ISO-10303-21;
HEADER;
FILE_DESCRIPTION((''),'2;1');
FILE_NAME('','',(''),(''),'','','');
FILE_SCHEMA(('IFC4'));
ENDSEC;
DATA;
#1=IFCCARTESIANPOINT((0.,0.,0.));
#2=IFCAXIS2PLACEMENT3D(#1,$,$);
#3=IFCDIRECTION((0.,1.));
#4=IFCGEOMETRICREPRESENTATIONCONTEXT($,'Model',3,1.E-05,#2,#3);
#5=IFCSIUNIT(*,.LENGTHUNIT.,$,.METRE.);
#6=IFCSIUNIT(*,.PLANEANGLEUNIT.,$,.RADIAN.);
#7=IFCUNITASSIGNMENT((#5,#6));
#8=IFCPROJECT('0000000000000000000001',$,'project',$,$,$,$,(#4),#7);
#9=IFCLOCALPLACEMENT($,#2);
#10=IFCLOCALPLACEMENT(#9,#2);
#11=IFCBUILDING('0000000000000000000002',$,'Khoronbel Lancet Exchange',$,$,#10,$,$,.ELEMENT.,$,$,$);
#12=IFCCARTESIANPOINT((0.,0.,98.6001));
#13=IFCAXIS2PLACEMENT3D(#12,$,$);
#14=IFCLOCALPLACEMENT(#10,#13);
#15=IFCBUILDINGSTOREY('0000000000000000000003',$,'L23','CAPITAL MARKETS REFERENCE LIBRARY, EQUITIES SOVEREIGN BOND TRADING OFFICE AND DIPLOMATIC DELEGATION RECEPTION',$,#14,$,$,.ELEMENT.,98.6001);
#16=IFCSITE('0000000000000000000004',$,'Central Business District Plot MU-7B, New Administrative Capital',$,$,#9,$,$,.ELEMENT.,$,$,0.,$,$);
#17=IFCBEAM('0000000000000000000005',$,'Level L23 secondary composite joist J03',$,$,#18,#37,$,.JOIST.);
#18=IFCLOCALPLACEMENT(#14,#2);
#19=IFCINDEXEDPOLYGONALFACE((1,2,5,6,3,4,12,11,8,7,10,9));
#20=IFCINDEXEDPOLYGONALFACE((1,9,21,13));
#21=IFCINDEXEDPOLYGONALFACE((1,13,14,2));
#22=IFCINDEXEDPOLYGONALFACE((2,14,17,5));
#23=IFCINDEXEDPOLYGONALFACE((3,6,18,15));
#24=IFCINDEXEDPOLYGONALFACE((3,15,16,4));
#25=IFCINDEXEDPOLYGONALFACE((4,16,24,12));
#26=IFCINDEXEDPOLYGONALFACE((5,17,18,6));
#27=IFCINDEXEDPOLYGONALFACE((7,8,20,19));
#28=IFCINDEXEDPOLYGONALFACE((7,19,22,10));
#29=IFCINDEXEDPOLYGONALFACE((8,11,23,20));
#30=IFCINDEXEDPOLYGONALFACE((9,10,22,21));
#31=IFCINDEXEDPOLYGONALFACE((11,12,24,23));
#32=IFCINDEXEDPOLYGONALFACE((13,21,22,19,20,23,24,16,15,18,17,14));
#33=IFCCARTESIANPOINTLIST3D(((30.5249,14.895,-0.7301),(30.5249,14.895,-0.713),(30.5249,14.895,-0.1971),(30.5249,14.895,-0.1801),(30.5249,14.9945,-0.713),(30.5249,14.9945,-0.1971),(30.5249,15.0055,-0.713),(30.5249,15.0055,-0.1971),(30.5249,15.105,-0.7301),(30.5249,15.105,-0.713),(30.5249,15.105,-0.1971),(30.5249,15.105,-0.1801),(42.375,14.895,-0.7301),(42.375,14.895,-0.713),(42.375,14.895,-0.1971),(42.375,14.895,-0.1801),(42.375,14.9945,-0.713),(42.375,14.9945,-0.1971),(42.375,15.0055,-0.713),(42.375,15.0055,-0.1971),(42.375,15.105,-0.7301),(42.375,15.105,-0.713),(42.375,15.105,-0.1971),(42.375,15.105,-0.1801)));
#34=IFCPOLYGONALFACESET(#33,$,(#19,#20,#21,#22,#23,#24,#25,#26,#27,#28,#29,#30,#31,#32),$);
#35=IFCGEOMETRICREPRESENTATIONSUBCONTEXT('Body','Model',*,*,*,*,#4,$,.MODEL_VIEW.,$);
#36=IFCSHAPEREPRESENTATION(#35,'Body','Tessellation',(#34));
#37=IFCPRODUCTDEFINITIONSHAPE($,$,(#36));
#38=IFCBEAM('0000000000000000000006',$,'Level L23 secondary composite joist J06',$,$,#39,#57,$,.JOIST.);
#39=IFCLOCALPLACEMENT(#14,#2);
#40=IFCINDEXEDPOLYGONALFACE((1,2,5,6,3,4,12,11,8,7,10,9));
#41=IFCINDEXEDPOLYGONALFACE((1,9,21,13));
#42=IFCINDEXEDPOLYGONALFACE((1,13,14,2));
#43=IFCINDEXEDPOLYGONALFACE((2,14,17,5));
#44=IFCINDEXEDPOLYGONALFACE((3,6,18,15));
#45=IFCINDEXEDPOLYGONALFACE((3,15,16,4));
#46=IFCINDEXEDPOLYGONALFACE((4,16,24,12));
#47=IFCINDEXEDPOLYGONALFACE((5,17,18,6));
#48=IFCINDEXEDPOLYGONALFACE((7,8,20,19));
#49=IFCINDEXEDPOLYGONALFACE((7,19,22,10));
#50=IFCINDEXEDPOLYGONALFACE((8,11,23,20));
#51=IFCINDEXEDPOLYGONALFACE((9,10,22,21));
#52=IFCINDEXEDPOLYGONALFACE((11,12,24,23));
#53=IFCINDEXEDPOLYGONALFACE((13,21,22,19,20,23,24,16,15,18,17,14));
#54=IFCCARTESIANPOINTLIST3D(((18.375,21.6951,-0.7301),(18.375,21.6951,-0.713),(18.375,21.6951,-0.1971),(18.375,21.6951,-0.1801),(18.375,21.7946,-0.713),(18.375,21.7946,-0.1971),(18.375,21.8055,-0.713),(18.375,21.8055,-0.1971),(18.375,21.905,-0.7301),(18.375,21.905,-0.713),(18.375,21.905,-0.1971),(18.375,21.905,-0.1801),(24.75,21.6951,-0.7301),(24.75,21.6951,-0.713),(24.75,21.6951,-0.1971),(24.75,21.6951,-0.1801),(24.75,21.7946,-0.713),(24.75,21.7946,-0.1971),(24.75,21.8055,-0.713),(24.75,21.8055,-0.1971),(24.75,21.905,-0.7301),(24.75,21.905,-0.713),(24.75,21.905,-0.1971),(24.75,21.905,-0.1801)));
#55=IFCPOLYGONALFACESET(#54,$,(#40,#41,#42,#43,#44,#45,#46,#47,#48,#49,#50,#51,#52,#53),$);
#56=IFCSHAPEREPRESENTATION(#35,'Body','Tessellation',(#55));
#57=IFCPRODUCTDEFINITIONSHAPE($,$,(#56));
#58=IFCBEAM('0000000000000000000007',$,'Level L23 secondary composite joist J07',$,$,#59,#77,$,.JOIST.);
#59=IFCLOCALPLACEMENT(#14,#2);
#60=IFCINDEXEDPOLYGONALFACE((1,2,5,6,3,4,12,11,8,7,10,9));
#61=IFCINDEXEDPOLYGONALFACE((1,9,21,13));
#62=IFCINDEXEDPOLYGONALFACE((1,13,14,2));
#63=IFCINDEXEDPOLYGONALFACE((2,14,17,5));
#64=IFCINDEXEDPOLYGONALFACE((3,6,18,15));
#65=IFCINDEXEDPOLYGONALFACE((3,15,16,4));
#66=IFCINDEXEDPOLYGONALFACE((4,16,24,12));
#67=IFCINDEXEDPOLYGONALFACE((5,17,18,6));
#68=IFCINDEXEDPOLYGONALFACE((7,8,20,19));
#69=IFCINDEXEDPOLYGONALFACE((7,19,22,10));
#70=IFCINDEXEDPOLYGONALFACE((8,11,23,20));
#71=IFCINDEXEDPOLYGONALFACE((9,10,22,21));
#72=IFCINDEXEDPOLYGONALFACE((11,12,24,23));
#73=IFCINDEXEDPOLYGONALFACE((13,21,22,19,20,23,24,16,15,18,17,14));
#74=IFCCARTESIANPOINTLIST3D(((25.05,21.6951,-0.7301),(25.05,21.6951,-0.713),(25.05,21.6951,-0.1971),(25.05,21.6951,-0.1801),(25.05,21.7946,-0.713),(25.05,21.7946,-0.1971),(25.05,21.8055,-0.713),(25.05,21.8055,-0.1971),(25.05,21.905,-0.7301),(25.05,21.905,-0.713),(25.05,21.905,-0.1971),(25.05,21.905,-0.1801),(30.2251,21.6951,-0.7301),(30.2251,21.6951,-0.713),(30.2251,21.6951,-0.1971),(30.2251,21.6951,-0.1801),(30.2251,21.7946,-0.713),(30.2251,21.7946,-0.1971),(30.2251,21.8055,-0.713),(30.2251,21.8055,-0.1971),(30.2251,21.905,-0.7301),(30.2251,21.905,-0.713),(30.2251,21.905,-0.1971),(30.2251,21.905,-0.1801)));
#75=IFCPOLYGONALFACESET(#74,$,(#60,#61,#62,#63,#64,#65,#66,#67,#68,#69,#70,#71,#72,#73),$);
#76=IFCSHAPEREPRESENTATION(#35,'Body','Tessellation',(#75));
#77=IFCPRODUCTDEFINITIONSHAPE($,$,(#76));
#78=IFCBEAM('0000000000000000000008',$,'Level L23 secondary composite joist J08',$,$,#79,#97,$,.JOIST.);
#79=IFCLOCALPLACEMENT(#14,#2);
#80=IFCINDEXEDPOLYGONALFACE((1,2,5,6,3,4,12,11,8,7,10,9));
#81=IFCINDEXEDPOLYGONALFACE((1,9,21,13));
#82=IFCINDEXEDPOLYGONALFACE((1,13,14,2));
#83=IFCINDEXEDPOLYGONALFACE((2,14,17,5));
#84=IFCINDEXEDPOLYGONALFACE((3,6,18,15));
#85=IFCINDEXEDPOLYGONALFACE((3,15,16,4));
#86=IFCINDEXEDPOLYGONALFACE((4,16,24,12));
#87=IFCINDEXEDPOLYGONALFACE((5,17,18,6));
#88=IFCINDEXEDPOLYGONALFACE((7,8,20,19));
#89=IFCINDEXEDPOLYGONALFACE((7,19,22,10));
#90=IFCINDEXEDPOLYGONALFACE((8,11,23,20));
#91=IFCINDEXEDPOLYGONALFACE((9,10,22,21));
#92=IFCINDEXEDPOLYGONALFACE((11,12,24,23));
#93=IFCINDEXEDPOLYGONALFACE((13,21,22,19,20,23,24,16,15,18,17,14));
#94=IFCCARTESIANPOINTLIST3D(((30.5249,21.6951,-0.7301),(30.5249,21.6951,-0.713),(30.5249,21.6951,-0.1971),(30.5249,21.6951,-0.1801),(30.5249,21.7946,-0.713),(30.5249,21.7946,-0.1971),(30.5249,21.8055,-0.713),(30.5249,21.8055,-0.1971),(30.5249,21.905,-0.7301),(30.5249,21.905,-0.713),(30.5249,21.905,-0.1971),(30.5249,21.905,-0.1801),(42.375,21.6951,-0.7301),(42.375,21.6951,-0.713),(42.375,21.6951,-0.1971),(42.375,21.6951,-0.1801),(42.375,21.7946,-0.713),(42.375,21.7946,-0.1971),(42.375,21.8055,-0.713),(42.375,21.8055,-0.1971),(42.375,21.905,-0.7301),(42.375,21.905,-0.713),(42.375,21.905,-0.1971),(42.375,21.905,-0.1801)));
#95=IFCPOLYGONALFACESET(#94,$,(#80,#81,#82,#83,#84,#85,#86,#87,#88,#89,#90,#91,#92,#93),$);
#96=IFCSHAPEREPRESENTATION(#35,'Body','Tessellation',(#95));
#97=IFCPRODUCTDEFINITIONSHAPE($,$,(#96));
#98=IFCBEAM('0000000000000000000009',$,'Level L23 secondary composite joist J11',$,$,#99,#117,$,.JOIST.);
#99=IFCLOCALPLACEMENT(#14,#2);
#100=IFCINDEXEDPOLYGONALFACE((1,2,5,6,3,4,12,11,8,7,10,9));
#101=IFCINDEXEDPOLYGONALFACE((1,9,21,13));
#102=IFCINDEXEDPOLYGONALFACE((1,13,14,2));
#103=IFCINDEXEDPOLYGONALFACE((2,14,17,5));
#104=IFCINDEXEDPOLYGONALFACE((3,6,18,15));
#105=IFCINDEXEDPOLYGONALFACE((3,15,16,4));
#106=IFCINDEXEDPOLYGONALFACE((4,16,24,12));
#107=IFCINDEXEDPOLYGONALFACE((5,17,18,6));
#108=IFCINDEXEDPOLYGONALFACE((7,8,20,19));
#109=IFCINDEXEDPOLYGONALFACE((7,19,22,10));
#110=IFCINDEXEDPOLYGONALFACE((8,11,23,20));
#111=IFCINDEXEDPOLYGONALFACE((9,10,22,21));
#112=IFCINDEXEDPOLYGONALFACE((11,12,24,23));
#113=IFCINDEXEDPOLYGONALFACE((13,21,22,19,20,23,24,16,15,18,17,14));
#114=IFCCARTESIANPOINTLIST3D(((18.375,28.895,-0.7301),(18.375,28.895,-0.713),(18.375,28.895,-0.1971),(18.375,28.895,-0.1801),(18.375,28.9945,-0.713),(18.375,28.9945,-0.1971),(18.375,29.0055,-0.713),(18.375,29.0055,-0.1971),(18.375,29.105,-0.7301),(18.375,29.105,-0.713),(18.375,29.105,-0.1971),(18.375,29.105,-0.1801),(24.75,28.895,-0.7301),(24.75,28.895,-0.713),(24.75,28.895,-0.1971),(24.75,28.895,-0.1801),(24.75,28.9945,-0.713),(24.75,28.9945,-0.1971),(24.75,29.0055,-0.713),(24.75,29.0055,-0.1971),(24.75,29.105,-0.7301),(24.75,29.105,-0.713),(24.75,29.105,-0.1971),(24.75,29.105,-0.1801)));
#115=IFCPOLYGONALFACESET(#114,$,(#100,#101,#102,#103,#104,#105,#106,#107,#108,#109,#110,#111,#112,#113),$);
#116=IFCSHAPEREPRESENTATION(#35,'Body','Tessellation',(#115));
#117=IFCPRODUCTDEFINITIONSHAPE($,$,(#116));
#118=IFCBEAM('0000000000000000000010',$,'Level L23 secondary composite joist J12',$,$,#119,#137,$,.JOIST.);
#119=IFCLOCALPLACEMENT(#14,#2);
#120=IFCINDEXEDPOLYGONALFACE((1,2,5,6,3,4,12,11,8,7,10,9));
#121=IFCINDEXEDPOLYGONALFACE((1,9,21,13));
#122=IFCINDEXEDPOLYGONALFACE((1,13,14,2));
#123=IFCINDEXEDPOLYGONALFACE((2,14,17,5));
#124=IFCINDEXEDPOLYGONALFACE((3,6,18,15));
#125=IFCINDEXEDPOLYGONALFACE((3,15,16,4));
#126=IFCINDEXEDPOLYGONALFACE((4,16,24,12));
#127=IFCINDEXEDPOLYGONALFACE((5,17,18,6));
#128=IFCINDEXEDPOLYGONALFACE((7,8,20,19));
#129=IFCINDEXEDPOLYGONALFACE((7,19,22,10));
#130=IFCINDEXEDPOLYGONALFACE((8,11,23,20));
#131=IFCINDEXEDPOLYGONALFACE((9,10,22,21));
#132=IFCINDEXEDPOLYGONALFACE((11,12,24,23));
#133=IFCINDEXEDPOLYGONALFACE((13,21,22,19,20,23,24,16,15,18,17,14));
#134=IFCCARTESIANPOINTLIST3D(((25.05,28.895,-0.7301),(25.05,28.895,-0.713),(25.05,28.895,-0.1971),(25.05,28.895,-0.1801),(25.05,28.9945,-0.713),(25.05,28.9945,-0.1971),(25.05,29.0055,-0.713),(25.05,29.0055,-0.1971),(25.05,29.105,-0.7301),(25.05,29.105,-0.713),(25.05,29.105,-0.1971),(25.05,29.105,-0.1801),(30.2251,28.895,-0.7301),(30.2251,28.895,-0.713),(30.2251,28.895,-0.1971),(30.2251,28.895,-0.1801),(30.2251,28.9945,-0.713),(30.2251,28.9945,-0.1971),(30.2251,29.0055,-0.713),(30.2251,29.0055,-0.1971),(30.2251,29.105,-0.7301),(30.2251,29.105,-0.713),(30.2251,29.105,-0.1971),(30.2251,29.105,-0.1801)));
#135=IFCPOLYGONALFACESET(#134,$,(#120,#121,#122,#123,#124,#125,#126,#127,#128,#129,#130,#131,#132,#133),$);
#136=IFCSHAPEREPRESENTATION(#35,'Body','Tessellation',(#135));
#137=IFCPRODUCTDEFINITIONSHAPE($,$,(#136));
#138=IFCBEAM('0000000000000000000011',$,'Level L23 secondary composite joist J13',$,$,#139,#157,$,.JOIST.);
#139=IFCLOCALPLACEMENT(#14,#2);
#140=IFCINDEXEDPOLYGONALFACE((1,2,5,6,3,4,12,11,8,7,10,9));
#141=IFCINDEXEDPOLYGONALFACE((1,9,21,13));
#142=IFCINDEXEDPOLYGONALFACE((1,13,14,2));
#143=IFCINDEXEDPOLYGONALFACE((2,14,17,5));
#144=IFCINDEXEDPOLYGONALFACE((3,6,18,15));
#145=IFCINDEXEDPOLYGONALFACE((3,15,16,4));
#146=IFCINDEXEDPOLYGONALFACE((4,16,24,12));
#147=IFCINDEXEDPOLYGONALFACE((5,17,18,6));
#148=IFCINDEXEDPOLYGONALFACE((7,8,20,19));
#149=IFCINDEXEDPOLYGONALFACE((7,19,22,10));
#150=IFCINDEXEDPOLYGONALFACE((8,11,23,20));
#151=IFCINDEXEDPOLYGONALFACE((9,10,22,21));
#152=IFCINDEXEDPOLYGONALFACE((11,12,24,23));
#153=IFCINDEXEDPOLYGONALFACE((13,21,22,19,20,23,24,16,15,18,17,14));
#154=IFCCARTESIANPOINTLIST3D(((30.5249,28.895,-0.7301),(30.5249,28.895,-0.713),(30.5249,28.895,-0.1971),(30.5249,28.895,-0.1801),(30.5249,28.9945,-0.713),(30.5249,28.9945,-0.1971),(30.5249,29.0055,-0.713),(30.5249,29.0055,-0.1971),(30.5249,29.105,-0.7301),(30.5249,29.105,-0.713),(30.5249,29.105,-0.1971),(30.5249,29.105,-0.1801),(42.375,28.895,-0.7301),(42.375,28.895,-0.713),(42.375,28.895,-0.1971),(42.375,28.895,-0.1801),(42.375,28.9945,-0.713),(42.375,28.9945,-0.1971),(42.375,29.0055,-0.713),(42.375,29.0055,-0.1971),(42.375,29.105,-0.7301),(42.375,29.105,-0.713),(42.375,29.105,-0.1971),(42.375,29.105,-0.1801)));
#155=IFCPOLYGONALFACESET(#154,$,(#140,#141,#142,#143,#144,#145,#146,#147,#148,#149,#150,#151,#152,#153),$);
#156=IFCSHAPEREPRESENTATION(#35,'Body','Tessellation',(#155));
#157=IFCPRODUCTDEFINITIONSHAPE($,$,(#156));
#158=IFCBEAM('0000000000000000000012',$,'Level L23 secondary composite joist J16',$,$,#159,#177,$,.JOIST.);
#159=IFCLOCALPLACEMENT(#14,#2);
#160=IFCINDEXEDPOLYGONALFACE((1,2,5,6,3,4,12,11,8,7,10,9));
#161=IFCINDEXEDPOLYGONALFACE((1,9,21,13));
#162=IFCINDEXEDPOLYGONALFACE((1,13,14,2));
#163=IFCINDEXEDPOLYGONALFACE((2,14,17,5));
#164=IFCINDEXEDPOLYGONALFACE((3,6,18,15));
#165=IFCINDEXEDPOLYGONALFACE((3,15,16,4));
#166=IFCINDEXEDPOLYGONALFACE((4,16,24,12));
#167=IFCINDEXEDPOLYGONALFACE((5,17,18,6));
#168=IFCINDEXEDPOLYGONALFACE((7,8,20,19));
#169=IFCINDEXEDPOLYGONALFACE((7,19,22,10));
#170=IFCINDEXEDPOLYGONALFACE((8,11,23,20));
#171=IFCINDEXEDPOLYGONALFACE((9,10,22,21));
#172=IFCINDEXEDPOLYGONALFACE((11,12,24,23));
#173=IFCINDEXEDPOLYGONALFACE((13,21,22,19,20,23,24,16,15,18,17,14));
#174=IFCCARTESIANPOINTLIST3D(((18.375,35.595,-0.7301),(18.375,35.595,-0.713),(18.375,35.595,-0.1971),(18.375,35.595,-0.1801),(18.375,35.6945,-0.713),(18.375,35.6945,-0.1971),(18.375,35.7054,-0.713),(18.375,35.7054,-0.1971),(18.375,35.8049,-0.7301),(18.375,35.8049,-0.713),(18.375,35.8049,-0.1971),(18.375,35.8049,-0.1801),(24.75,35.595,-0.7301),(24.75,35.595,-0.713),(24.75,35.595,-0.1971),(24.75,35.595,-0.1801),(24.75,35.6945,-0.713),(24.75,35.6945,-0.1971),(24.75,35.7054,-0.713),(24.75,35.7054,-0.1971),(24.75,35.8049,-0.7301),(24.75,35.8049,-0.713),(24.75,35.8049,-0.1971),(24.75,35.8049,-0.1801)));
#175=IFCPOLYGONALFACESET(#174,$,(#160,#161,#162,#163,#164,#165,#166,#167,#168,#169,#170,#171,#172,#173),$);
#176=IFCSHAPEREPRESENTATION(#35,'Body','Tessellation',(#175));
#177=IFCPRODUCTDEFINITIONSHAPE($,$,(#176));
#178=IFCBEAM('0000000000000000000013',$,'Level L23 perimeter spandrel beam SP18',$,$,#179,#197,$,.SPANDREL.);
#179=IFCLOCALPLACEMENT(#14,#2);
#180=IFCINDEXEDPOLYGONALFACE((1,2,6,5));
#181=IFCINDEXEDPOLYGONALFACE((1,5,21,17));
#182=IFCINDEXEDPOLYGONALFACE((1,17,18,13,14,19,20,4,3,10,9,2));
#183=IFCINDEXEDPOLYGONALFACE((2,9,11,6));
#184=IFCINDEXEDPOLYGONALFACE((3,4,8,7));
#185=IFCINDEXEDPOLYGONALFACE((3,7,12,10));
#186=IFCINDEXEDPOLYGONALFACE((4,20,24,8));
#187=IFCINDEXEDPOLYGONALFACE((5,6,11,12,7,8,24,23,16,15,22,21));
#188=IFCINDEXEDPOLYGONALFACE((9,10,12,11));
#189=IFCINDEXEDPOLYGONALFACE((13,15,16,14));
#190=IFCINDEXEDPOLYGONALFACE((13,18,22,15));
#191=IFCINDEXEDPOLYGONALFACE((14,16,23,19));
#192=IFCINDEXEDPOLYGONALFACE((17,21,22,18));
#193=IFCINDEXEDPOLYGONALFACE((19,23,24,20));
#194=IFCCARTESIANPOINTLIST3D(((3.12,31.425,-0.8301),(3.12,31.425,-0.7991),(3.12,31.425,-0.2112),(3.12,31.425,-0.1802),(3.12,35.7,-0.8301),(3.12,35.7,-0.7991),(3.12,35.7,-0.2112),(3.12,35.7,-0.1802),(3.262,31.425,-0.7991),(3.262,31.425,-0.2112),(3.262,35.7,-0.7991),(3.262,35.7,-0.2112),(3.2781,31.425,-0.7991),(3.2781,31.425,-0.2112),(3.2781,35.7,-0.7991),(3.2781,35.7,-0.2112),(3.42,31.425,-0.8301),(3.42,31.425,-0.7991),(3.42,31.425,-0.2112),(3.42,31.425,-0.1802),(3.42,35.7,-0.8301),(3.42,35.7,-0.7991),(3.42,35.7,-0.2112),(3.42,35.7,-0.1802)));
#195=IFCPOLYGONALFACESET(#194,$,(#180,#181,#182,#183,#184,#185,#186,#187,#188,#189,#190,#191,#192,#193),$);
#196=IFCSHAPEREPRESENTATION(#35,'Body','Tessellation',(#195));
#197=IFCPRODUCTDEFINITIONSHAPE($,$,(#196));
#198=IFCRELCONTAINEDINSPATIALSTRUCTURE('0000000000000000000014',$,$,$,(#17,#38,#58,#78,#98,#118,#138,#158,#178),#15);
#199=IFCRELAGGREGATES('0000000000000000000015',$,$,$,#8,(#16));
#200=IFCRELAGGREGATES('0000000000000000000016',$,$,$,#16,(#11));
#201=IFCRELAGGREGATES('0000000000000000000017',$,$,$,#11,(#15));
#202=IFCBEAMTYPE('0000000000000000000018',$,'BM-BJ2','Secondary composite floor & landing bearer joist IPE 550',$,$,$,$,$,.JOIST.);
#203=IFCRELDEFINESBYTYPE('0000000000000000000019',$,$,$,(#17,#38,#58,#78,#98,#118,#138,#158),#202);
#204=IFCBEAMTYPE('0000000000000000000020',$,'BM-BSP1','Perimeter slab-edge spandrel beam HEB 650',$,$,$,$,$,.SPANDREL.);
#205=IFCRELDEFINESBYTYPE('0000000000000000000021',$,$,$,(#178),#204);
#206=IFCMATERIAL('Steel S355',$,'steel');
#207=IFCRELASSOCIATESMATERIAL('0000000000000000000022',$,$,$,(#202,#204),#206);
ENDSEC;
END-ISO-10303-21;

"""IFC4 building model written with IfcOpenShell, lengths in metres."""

from ifc_helpers import new_model, si_unit, direction, frame, origin, origin_2d, place, context, subcontext, project, spatial, i_section, extrude, material, material_profile, profile_set, type_object, element, save


model = new_model("IFC4")

# Units and contexts
model_context = context("Model", 3, precision=1e-05, world=origin(), true_north=direction((0.0, 1.0)))
body_context = subcontext(model_context, "Body", "Model", "MODEL_VIEW")
ifc_project = project(units=[si_unit("LENGTHUNIT", "METRE"), si_unit("PLANEANGLEUNIT", "RADIAN")], contexts=[model_context])

# Site, building, storey
site_placement = place(None, origin())
site = spatial("IfcSite", under=ifc_project, at=site_placement, Name="Central Business District Plot MU-7B, New Administrative Capital", CompositionType="ELEMENT", RefElevation=0.0)
building_placement = place(site_placement, origin())
building = spatial("IfcBuilding", under=site, at=building_placement, Name="Khoronbel Lancet Exchange", CompositionType="ELEMENT")
storey_placement = place(building_placement, frame((0.0, 0.0, 98.6001)))
storey = spatial("IfcBuildingStorey", under=building, at=storey_placement, Name="L23", Description="CAPITAL MARKETS REFERENCE LIBRARY, EQUITIES SOVEREIGN BOND TRADING OFFICE AND DIPLOMATIC DELEGATION RECEPTION", CompositionType="ELEMENT", Elevation=98.6001)

# Shared definitions
ifc_material_1 = material(Name="Steel S355", Category="steel")

# Beams
ifc_material_profile_1 = material_profile(ifc_material_1, i_section(OverallWidth=0.21, OverallDepth=0.55, WebThickness=0.011, FlangeThickness=0.0171, at=origin_2d()), Name="IPE 550")
ifc_profile_set_1 = profile_set([ifc_material_profile_1], Name="Steel S355")
beam_type_1 = type_object("IfcBeamType", Name="BM-BJ2", Description="Secondary composite floor & landing bearer joist IPE 550", PredefinedType="JOIST", material=ifc_profile_set_1)
beam_1_placement = place(storey_placement, frame((30.5249, 15.0, -0.4551), z_axis=(1.0, 0.0, 0.0), x_axis=(0.0, 1.0, 0.0)))
element("IfcBeam", 1, at=beam_1_placement, inside=storey, type_object=beam_type_1, Name="Level L23 secondary composite joist J03", PredefinedType="JOIST", context=body_context, shape_type="SweptSolid", body=[
    extrude(i_section(OverallWidth=0.21, OverallDepth=0.55, WebThickness=0.011, FlangeThickness=0.0171, at=origin_2d()), origin(), (0.0, 0.0, 1.0), 11.8501),
])
beam_2_placement = place(storey_placement, frame((18.375, 21.8, -0.4551), z_axis=(1.0, 0.0, 0.0), x_axis=(0.0, 1.0, 0.0)))
element("IfcBeam", 2, at=beam_2_placement, inside=storey, type_object=beam_type_1, Name="Level L23 secondary composite joist J06", PredefinedType="JOIST", context=body_context, shape_type="SweptSolid", body=[
    extrude(i_section(OverallWidth=0.21, OverallDepth=0.55, WebThickness=0.011, FlangeThickness=0.0171, at=origin_2d()), origin(), (0.0, 0.0, 1.0), 6.375),
])
beam_3_placement = place(storey_placement, frame((25.05, 21.8, -0.4551), z_axis=(1.0, 0.0, 0.0), x_axis=(0.0, 1.0, 0.0)))
element("IfcBeam", 3, at=beam_3_placement, inside=storey, type_object=beam_type_1, Name="Level L23 secondary composite joist J07", PredefinedType="JOIST", context=body_context, shape_type="SweptSolid", body=[
    extrude(i_section(OverallWidth=0.21, OverallDepth=0.55, WebThickness=0.011, FlangeThickness=0.0171, at=origin_2d()), origin(), (0.0, 0.0, 1.0), 5.175),
])
beam_4_placement = place(storey_placement, frame((30.5249, 21.8, -0.4551), z_axis=(1.0, 0.0, 0.0), x_axis=(0.0, 1.0, 0.0)))
element("IfcBeam", 4, at=beam_4_placement, inside=storey, type_object=beam_type_1, Name="Level L23 secondary composite joist J08", PredefinedType="JOIST", context=body_context, shape_type="SweptSolid", body=[
    extrude(i_section(OverallWidth=0.21, OverallDepth=0.55, WebThickness=0.011, FlangeThickness=0.0171, at=origin_2d()), origin(), (0.0, 0.0, 1.0), 11.8501),
])
beam_5_placement = place(storey_placement, frame((18.375, 29.0, -0.4551), z_axis=(1.0, 0.0, 0.0), x_axis=(0.0, 1.0, 0.0)))
element("IfcBeam", 5, at=beam_5_placement, inside=storey, type_object=beam_type_1, Name="Level L23 secondary composite joist J11", PredefinedType="JOIST", context=body_context, shape_type="SweptSolid", body=[
    extrude(i_section(OverallWidth=0.21, OverallDepth=0.55, WebThickness=0.011, FlangeThickness=0.0171, at=origin_2d()), origin(), (0.0, 0.0, 1.0), 6.375),
])
beam_6_placement = place(storey_placement, frame((25.05, 29.0, -0.4551), z_axis=(1.0, 0.0, 0.0), x_axis=(0.0, 1.0, 0.0)))
element("IfcBeam", 6, at=beam_6_placement, inside=storey, type_object=beam_type_1, Name="Level L23 secondary composite joist J12", PredefinedType="JOIST", context=body_context, shape_type="SweptSolid", body=[
    extrude(i_section(OverallWidth=0.21, OverallDepth=0.55, WebThickness=0.011, FlangeThickness=0.0171, at=origin_2d()), origin(), (0.0, 0.0, 1.0), 5.175),
])
beam_7_placement = place(storey_placement, frame((30.5249, 29.0, -0.4551), z_axis=(1.0, 0.0, 0.0), x_axis=(0.0, 1.0, 0.0)))
element("IfcBeam", 7, at=beam_7_placement, inside=storey, type_object=beam_type_1, Name="Level L23 secondary composite joist J13", PredefinedType="JOIST", context=body_context, shape_type="SweptSolid", body=[
    extrude(i_section(OverallWidth=0.21, OverallDepth=0.55, WebThickness=0.011, FlangeThickness=0.0171, at=origin_2d()), origin(), (0.0, 0.0, 1.0), 11.8501),
])
beam_8_placement = place(storey_placement, frame((18.375, 35.7, -0.4551), z_axis=(1.0, 0.0, 0.0), x_axis=(0.0, 1.0, 0.0)))
element("IfcBeam", 8, at=beam_8_placement, inside=storey, type_object=beam_type_1, Name="Level L23 secondary composite joist J16", PredefinedType="JOIST", context=body_context, shape_type="SweptSolid", body=[
    extrude(i_section(OverallWidth=0.21, OverallDepth=0.55, WebThickness=0.011, FlangeThickness=0.0171, at=origin_2d()), origin(), (0.0, 0.0, 1.0), 6.375),
])
ifc_material_profile_2 = material_profile(ifc_material_1, i_section(OverallWidth=0.3, OverallDepth=0.6499, WebThickness=0.0161, FlangeThickness=0.031, at=origin_2d()), Name="HEB 650")
ifc_profile_set_2 = profile_set([ifc_material_profile_2], Name="Steel S355")
beam_type_2 = type_object("IfcBeamType", Name="BM-BSP1", Description="Perimeter slab-edge spandrel beam HEB 650", PredefinedType="SPANDREL", material=ifc_profile_set_2)
beam_9_placement = place(storey_placement, frame((3.27, 35.7, -0.5051), z_axis=(0.0, -1.0, 0.0), x_axis=(1.0, 0.0, 0.0)))
element("IfcBeam", 9, at=beam_9_placement, inside=storey, type_object=beam_type_2, Name="Level L23 perimeter spandrel beam SP18", PredefinedType="SPANDREL", context=body_context, shape_type="SweptSolid", body=[
    extrude(i_section(OverallWidth=0.3, OverallDepth=0.6499, WebThickness=0.0161, FlangeThickness=0.031, at=origin_2d()), origin(), (0.0, 0.0, 1.0), 4.2749),
])

save(model, "model.ifc")
